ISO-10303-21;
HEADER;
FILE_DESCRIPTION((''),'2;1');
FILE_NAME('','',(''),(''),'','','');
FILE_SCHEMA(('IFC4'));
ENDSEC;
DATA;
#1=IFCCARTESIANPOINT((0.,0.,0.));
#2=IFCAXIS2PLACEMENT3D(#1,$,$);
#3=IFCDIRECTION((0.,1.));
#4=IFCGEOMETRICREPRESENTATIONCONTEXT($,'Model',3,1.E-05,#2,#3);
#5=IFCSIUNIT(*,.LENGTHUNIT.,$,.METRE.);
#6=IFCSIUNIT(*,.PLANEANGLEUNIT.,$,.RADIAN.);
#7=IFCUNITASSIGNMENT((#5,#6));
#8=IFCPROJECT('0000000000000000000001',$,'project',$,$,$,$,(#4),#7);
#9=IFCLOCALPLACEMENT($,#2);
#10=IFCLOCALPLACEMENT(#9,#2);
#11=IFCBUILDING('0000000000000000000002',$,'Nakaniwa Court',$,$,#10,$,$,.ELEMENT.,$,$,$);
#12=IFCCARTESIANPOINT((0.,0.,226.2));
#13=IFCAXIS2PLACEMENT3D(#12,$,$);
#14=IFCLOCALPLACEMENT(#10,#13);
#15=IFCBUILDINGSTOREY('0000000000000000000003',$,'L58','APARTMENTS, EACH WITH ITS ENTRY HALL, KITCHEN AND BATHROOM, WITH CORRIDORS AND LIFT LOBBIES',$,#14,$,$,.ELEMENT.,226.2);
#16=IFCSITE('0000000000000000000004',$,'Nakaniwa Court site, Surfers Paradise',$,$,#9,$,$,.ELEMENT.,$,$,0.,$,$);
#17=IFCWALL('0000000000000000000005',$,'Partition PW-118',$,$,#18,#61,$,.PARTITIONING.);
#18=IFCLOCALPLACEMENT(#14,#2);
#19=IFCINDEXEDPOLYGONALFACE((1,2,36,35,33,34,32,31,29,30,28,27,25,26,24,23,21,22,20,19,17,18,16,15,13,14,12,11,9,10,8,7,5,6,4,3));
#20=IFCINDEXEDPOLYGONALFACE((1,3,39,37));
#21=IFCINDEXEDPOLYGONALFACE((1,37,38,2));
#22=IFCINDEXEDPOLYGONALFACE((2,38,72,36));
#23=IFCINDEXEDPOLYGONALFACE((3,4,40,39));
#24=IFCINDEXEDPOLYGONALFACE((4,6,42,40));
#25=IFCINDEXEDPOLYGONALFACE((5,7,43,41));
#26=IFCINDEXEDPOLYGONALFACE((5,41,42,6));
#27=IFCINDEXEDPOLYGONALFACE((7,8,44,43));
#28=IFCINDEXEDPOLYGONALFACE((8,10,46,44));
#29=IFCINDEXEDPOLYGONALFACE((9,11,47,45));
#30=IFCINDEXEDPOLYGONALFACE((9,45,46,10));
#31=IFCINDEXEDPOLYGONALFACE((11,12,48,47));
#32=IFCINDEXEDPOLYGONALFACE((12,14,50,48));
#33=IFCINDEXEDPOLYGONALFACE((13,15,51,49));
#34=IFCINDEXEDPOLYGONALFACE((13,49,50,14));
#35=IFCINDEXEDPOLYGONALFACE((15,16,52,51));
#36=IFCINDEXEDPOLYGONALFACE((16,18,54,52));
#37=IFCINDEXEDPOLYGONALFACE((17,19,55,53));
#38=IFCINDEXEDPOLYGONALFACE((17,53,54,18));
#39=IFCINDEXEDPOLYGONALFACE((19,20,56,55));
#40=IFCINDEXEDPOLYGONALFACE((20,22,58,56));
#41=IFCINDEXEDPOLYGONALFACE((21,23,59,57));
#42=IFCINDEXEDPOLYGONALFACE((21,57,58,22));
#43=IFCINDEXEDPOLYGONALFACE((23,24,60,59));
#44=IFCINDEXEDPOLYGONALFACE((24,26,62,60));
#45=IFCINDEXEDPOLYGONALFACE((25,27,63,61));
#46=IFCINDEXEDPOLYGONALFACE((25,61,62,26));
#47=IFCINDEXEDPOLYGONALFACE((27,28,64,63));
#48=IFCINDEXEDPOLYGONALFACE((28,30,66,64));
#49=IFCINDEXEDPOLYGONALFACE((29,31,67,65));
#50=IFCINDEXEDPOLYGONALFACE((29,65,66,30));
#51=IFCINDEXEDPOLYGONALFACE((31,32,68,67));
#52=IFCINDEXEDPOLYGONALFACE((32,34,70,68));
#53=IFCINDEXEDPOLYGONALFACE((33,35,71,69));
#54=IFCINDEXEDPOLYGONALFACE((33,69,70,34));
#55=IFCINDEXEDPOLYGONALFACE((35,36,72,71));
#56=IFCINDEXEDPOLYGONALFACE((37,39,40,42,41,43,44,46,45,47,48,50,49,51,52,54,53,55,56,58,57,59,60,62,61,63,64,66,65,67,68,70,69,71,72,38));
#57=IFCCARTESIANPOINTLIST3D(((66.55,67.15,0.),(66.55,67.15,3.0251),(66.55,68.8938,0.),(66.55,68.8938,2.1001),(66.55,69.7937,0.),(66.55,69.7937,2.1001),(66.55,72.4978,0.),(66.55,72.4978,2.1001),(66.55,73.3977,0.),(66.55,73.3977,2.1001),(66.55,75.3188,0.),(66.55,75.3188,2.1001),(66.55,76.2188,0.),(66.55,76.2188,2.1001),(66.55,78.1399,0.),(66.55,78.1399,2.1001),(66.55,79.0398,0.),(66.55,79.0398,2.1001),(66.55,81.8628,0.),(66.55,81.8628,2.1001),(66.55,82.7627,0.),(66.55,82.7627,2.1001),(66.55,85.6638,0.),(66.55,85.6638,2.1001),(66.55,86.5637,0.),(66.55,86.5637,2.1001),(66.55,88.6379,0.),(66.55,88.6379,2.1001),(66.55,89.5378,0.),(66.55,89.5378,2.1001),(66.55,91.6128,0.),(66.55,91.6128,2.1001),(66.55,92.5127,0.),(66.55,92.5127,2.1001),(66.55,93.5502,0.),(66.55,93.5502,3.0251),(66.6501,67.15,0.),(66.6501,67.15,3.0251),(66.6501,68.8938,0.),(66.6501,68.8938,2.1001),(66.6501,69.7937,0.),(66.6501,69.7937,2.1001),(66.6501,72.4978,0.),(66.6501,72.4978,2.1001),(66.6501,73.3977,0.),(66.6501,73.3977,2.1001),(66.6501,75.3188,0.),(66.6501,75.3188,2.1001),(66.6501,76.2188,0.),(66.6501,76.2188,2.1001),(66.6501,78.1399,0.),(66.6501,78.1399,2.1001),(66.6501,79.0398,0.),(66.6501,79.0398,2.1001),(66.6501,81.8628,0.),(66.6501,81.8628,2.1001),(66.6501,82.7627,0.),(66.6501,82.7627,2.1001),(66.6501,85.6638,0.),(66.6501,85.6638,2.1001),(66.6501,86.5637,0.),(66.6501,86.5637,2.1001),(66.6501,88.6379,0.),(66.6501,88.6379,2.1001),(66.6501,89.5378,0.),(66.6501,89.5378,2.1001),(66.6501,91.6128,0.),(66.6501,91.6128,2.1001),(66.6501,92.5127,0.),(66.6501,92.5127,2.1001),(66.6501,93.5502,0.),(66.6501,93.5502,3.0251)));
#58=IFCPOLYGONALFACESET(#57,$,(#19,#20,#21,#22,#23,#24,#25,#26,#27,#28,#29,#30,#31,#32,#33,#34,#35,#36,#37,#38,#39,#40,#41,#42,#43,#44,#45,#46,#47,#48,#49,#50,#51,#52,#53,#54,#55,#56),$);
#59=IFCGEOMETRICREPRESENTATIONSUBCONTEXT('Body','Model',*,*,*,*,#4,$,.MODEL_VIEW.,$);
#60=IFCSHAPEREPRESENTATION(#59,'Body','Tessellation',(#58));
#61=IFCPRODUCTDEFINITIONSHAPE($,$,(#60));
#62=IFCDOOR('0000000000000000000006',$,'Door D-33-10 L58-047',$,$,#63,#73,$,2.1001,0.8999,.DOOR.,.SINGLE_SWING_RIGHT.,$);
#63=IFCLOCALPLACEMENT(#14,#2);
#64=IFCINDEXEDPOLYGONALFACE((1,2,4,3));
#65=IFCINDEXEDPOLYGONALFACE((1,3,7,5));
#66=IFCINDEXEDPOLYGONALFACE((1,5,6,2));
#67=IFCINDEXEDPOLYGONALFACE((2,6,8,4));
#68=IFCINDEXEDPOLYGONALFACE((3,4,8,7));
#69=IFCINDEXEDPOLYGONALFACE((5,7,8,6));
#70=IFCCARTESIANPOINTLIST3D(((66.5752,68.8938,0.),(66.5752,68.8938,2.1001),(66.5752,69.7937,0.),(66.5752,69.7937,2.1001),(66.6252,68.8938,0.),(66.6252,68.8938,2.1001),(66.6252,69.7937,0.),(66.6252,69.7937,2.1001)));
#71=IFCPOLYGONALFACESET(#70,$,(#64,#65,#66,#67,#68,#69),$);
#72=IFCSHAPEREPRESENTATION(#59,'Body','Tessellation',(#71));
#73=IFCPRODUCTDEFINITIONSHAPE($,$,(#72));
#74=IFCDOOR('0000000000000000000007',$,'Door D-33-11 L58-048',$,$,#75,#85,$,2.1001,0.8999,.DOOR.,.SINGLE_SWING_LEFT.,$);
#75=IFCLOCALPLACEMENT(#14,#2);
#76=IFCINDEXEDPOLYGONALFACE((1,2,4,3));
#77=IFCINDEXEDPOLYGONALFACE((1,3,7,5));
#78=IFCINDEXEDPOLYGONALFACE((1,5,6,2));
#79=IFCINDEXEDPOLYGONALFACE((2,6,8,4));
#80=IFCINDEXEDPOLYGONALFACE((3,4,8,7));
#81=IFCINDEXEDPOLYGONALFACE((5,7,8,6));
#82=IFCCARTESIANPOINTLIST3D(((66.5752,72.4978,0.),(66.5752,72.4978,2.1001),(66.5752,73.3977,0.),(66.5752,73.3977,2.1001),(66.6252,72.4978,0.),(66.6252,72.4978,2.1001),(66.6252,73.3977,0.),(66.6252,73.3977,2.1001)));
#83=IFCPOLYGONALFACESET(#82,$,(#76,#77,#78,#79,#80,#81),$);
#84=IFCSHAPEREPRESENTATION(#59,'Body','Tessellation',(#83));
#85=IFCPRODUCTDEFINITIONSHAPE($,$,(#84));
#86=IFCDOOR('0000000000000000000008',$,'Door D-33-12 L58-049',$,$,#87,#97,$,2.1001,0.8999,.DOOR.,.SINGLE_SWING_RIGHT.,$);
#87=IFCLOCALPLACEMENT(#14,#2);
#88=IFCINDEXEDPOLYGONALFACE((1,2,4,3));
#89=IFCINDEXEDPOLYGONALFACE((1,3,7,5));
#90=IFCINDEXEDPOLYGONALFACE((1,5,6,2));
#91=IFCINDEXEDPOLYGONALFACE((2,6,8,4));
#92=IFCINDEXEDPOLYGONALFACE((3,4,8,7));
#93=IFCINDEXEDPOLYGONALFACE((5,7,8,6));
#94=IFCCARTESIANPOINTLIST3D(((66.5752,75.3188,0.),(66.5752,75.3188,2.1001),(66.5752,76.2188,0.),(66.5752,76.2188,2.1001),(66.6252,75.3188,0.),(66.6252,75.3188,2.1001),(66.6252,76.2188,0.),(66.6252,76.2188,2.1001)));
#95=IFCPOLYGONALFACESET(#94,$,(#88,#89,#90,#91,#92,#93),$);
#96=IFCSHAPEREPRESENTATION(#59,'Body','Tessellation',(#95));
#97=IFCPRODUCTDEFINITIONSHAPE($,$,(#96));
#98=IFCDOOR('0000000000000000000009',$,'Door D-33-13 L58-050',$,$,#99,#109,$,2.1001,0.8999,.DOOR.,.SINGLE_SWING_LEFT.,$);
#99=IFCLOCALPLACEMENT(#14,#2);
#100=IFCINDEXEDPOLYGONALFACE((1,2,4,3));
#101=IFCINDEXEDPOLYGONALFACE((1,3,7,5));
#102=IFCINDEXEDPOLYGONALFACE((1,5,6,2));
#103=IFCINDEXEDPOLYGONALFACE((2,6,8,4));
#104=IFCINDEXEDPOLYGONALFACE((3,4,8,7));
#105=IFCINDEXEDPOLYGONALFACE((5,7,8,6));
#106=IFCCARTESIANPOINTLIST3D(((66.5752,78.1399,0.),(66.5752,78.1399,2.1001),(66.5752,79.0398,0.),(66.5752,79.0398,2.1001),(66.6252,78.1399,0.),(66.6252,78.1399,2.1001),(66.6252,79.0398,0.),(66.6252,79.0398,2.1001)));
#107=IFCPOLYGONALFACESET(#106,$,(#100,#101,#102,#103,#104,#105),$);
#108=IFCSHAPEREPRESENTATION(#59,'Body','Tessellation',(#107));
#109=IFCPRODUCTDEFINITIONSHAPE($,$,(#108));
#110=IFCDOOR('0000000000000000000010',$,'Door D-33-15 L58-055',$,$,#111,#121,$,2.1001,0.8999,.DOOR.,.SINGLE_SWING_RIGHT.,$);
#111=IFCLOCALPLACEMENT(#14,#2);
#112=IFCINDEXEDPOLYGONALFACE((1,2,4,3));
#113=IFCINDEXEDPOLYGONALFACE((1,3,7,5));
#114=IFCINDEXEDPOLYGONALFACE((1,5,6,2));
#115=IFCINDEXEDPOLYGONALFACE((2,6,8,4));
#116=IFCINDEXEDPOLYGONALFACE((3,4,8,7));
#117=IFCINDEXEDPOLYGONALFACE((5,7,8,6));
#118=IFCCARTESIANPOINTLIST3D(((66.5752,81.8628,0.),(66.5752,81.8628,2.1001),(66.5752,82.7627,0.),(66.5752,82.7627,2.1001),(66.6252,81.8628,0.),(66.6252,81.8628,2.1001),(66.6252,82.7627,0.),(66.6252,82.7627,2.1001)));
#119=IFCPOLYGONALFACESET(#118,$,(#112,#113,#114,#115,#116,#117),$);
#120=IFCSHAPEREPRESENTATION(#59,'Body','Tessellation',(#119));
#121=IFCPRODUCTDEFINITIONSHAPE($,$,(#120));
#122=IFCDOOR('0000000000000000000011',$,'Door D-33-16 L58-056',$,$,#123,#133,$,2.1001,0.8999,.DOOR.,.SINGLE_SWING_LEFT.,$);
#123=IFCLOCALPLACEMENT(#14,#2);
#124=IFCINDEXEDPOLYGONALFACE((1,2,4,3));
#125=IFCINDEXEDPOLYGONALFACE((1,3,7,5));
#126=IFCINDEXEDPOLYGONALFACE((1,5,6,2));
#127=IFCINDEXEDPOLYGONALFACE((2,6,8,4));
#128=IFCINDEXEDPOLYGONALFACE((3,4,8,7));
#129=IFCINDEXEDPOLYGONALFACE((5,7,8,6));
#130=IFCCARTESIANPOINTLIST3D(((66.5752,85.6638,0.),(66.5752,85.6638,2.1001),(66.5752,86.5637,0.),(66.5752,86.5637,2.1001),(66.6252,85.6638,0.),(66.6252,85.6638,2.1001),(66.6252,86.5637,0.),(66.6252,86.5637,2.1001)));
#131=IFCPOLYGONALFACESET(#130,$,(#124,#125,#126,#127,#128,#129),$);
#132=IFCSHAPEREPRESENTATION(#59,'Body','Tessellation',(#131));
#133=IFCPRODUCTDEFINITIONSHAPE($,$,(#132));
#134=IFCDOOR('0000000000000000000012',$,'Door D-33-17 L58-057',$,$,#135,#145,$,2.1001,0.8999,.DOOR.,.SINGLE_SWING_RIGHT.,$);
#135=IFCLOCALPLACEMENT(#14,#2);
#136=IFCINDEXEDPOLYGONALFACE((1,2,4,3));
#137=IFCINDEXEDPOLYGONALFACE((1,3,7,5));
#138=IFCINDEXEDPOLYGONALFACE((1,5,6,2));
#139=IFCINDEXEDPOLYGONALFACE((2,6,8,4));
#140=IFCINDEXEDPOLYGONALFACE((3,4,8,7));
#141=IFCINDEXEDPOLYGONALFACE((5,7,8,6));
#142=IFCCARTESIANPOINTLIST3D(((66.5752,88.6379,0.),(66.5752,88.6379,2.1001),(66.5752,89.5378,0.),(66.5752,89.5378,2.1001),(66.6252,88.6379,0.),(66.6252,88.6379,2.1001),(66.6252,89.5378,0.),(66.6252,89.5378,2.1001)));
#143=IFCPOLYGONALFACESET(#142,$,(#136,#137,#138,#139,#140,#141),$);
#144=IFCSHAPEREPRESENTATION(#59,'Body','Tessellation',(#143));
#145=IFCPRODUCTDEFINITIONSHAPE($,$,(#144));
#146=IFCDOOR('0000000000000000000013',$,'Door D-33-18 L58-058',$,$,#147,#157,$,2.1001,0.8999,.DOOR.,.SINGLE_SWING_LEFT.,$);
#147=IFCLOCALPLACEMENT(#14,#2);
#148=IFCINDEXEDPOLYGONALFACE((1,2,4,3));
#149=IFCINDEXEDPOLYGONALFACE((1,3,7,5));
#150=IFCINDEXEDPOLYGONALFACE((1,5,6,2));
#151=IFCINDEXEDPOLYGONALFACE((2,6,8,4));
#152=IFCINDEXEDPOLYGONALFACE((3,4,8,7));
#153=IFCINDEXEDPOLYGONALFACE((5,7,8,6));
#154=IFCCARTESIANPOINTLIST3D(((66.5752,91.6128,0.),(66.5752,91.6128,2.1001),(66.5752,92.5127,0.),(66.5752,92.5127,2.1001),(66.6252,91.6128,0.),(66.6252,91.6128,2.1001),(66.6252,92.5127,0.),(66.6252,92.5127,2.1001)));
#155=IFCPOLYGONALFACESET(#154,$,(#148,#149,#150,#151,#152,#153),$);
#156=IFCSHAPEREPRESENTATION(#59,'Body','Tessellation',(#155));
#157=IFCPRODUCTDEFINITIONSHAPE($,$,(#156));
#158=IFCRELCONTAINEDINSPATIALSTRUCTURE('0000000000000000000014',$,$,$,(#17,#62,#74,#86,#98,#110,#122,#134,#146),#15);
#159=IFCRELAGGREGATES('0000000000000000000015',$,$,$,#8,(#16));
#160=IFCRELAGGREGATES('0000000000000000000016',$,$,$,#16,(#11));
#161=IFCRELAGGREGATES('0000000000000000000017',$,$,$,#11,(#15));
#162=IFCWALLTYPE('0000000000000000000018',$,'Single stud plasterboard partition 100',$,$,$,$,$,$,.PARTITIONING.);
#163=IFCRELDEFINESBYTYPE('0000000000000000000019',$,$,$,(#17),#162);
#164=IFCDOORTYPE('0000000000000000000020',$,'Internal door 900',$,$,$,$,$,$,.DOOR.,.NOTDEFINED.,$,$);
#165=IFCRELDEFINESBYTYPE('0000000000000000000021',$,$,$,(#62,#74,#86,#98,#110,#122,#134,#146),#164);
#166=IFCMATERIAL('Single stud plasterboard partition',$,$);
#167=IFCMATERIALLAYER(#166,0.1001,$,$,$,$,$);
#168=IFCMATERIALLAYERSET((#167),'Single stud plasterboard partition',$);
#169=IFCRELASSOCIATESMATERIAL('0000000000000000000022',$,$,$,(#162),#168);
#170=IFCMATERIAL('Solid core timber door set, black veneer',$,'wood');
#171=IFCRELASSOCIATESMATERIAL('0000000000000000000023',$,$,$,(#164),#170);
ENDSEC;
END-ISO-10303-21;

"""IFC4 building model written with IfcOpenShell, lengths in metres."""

from ifc_helpers import new_model, si_unit, direction, frame, frame_2d, origin, place, context, subcontext, project, spatial, rectangle, extrude, material, layer, layer_set, type_object, element, fill, save


model = new_model("IFC4")

# Units and contexts
model_context = context("Model", 3, precision=1e-05, world=origin(), true_north=direction((0.0, 1.0)))
body_context = subcontext(model_context, "Body", "Model", "MODEL_VIEW")
ifc_project = project(units=[si_unit("LENGTHUNIT", "METRE"), si_unit("PLANEANGLEUNIT", "RADIAN")], contexts=[model_context])

# Site, building, storey
site_placement = place(None, origin())
site = spatial("IfcSite", under=ifc_project, at=site_placement, Name="Nakaniwa Court site, Surfers Paradise", CompositionType="ELEMENT", RefElevation=0.0)
building_placement = place(site_placement, origin())
building = spatial("IfcBuilding", under=site, at=building_placement, Name="Nakaniwa Court", CompositionType="ELEMENT")
storey_placement = place(building_placement, frame((0.0, 0.0, 226.2)))
storey = spatial("IfcBuildingStorey", under=building, at=storey_placement, Name="L58", Description="APARTMENTS, EACH WITH ITS ENTRY HALL, KITCHEN AND BATHROOM, WITH CORRIDORS AND LIFT LOBBIES", CompositionType="ELEMENT", Elevation=226.2)

# Shared definitions
ifc_material_1 = material(Name="Single stud plasterboard partition")
ifc_layer = layer(ifc_material_1, 0.1001)
ifc_layer_set = layer_set([ifc_layer], Name="Single stud plasterboard partition")
wall_type = type_object("IfcWallType", Name="Single stud plasterboard partition 100", PredefinedType="PARTITIONING", material=ifc_layer_set)

# Wall, openings, doors
wall_1_placement = place(storey_placement, frame((66.6001, 67.1499, 0.0), z_axis=(0.0, 0.0, 1.0), x_axis=(0.0, 1.0, 0.0)))
wall_1 = element("IfcWall", 1, at=wall_1_placement, inside=storey, type_object=wall_type, Name="Partition PW-118", PredefinedType="PARTITIONING", context=body_context, shape_type="SweptSolid", body=[
    extrude(rectangle(XDim=26.4001, YDim=0.1001, at=frame_2d((13.2002, 0.0))), origin(), (0.0, 0.0, 1.0), 3.0251),
])
opening_1_placement = place(wall_1_placement, frame((1.7439, 0.0, 0.0)))
opening_1 = element("IfcOpeningElement", 2, at=opening_1_placement, cuts=wall_1, PredefinedType="OPENING", context=body_context, shape_type="SweptSolid", body=[
    extrude(rectangle(XDim=0.8999, YDim=2.1001, at=frame_2d((0.45, 1.05))), frame((0.0, 0.0601, 0.0), z_axis=(0.0, -1.0, 0.0), x_axis=(1.0, 0.0, 0.0)), (0.0, 0.0, 1.0), 0.1201),
])
opening_2_placement = place(wall_1_placement, frame((5.3479, 0.0, 0.0)))
opening_2 = element("IfcOpeningElement", 3, at=opening_2_placement, cuts=wall_1, PredefinedType="OPENING", context=body_context, shape_type="SweptSolid", body=[
    extrude(rectangle(XDim=0.8999, YDim=2.1001, at=frame_2d((0.45, 1.05))), frame((0.0, 0.0601, 0.0), z_axis=(0.0, -1.0, 0.0), x_axis=(1.0, 0.0, 0.0)), (0.0, 0.0, 1.0), 0.1201),
])
opening_3_placement = place(wall_1_placement, frame((8.1689, 0.0, 0.0)))
opening_3 = element("IfcOpeningElement", 4, at=opening_3_placement, cuts=wall_1, PredefinedType="OPENING", context=body_context, shape_type="SweptSolid", body=[
    extrude(rectangle(XDim=0.8999, YDim=2.1001, at=frame_2d((0.45, 1.05))), frame((0.0, 0.0601, 0.0), z_axis=(0.0, -1.0, 0.0), x_axis=(1.0, 0.0, 0.0)), (0.0, 0.0, 1.0), 0.1201),
])
opening_4_placement = place(wall_1_placement, frame((10.99, 0.0, 0.0)))
opening_4 = element("IfcOpeningElement", 5, at=opening_4_placement, cuts=wall_1, PredefinedType="OPENING", context=body_context, shape_type="SweptSolid", body=[
    extrude(rectangle(XDim=0.8999, YDim=2.1001, at=frame_2d((0.45, 1.05))), frame((0.0, 0.0601, 0.0), z_axis=(0.0, -1.0, 0.0), x_axis=(1.0, 0.0, 0.0)), (0.0, 0.0, 1.0), 0.1201),
])
opening_5_placement = place(wall_1_placement, frame((14.7129, 0.0, 0.0)))
opening_5 = element("IfcOpeningElement", 6, at=opening_5_placement, cuts=wall_1, PredefinedType="OPENING", context=body_context, shape_type="SweptSolid", body=[
    extrude(rectangle(XDim=0.8999, YDim=2.1001, at=frame_2d((0.45, 1.05))), frame((0.0, 0.0601, 0.0), z_axis=(0.0, -1.0, 0.0), x_axis=(1.0, 0.0, 0.0)), (0.0, 0.0, 1.0), 0.1201),
])
opening_6_placement = place(wall_1_placement, frame((18.5139, 0.0, 0.0)))
opening_6 = element("IfcOpeningElement", 7, at=opening_6_placement, cuts=wall_1, PredefinedType="OPENING", context=body_context, shape_type="SweptSolid", body=[
    extrude(rectangle(XDim=0.8999, YDim=2.1001, at=frame_2d((0.45, 1.05))), frame((0.0, 0.0601, 0.0), z_axis=(0.0, -1.0, 0.0), x_axis=(1.0, 0.0, 0.0)), (0.0, 0.0, 1.0), 0.1201),
])
opening_7_placement = place(wall_1_placement, frame((21.488, 0.0, 0.0)))
opening_7 = element("IfcOpeningElement", 8, at=opening_7_placement, cuts=wall_1, PredefinedType="OPENING", context=body_context, shape_type="SweptSolid", body=[
    extrude(rectangle(XDim=0.8999, YDim=2.1001, at=frame_2d((0.45, 1.05))), frame((0.0, 0.0601, 0.0), z_axis=(0.0, -1.0, 0.0), x_axis=(1.0, 0.0, 0.0)), (0.0, 0.0, 1.0), 0.1201),
])
opening_8_placement = place(wall_1_placement, frame((24.4629, 0.0, 0.0)))
opening_8 = element("IfcOpeningElement", 9, at=opening_8_placement, cuts=wall_1, PredefinedType="OPENING", context=body_context, shape_type="SweptSolid", body=[
    extrude(rectangle(XDim=0.8999, YDim=2.1001, at=frame_2d((0.45, 1.05))), frame((0.0, 0.0601, 0.0), z_axis=(0.0, -1.0, 0.0), x_axis=(1.0, 0.0, 0.0)), (0.0, 0.0, 1.0), 0.1201),
])
ifc_material_2 = material(Name="Solid core timber door set, black veneer", Category="wood")
door_type = type_object("IfcDoorType", Name="Internal door 900", OperationType="NOTDEFINED", PredefinedType="DOOR", material=ifc_material_2)
door_1_placement = place(opening_1_placement, origin())
door_1 = element("IfcDoor", 10, at=door_1_placement, inside=storey, type_object=door_type, Name="Door D-33-10 L58-047", OperationType="SINGLE_SWING_RIGHT", OverallHeight=2.1001, OverallWidth=0.8999, PredefinedType="DOOR", context=body_context, shape_type="SweptSolid", body=[
    extrude(rectangle(XDim=0.8999, YDim=2.1001, at=frame_2d((0.45, 1.05))), frame((0.0, 0.0249, 0.0), z_axis=(0.0, -1.0, 0.0), x_axis=(1.0, 0.0, 0.0)), (0.0, 0.0, 1.0), 0.05),
])
fill(opening_1, door_1)
door_2_placement = place(opening_2_placement, origin())
door_2 = element("IfcDoor", 11, at=door_2_placement, inside=storey, type_object=door_type, Name="Door D-33-11 L58-048", OperationType="SINGLE_SWING_LEFT", OverallHeight=2.1001, OverallWidth=0.8999, PredefinedType="DOOR", context=body_context, shape_type="SweptSolid", body=[
    extrude(rectangle(XDim=0.8999, YDim=2.1001, at=frame_2d((0.45, 1.05))), frame((0.0, 0.0249, 0.0), z_axis=(0.0, -1.0, 0.0), x_axis=(1.0, 0.0, 0.0)), (0.0, 0.0, 1.0), 0.05),
])
fill(opening_2, door_2)
door_3_placement = place(opening_3_placement, origin())
door_3 = element("IfcDoor", 12, at=door_3_placement, inside=storey, type_object=door_type, Name="Door D-33-12 L58-049", OperationType="SINGLE_SWING_RIGHT", OverallHeight=2.1001, OverallWidth=0.8999, PredefinedType="DOOR", context=body_context, shape_type="SweptSolid", body=[
    extrude(rectangle(XDim=0.8999, YDim=2.1001, at=frame_2d((0.45, 1.05))), frame((0.0, 0.0249, 0.0), z_axis=(0.0, -1.0, 0.0), x_axis=(1.0, 0.0, 0.0)), (0.0, 0.0, 1.0), 0.05),
])
fill(opening_3, door_3)
door_4_placement = place(opening_4_placement, origin())
door_4 = element("IfcDoor", 13, at=door_4_placement, inside=storey, type_object=door_type, Name="Door D-33-13 L58-050", OperationType="SINGLE_SWING_LEFT", OverallHeight=2.1001, OverallWidth=0.8999, PredefinedType="DOOR", context=body_context, shape_type="SweptSolid", body=[
    extrude(rectangle(XDim=0.8999, YDim=2.1001, at=frame_2d((0.45, 1.05))), frame((0.0, 0.0249, 0.0), z_axis=(0.0, -1.0, 0.0), x_axis=(1.0, 0.0, 0.0)), (0.0, 0.0, 1.0), 0.05),
])
fill(opening_4, door_4)
door_5_placement = place(opening_5_placement, origin())
door_5 = element("IfcDoor", 14, at=door_5_placement, inside=storey, type_object=door_type, Name="Door D-33-15 L58-055", OperationType="SINGLE_SWING_RIGHT", OverallHeight=2.1001, OverallWidth=0.8999, PredefinedType="DOOR", context=body_context, shape_type="SweptSolid", body=[
    extrude(rectangle(XDim=0.8999, YDim=2.1001, at=frame_2d((0.45, 1.05))), frame((0.0, 0.0249, 0.0), z_axis=(0.0, -1.0, 0.0), x_axis=(1.0, 0.0, 0.0)), (0.0, 0.0, 1.0), 0.05),
])
fill(opening_5, door_5)
door_6_placement = place(opening_6_placement, origin())
door_6 = element("IfcDoor", 15, at=door_6_placement, inside=storey, type_object=door_type, Name="Door D-33-16 L58-056", OperationType="SINGLE_SWING_LEFT", OverallHeight=2.1001, OverallWidth=0.8999, PredefinedType="DOOR", context=body_context, shape_type="SweptSolid", body=[
    extrude(rectangle(XDim=0.8999, YDim=2.1001, at=frame_2d((0.45, 1.05))), frame((0.0, 0.0249, 0.0), z_axis=(0.0, -1.0, 0.0), x_axis=(1.0, 0.0, 0.0)), (0.0, 0.0, 1.0), 0.05),
])
fill(opening_6, door_6)
door_7_placement = place(opening_7_placement, origin())
door_7 = element("IfcDoor", 16, at=door_7_placement, inside=storey, type_object=door_type, Name="Door D-33-17 L58-057", OperationType="SINGLE_SWING_RIGHT", OverallHeight=2.1001, OverallWidth=0.8999, PredefinedType="DOOR", context=body_context, shape_type="SweptSolid", body=[
    extrude(rectangle(XDim=0.8999, YDim=2.1001, at=frame_2d((0.45, 1.05))), frame((0.0, 0.0249, 0.0), z_axis=(0.0, -1.0, 0.0), x_axis=(1.0, 0.0, 0.0)), (0.0, 0.0, 1.0), 0.05),
])
fill(opening_7, door_7)
door_8_placement = place(opening_8_placement, origin())
door_8 = element("IfcDoor", 17, at=door_8_placement, inside=storey, type_object=door_type, Name="Door D-33-18 L58-058", OperationType="SINGLE_SWING_LEFT", OverallHeight=2.1001, OverallWidth=0.8999, PredefinedType="DOOR", context=body_context, shape_type="SweptSolid", body=[
    extrude(rectangle(XDim=0.8999, YDim=2.1001, at=frame_2d((0.45, 1.05))), frame((0.0, 0.0249, 0.0), z_axis=(0.0, -1.0, 0.0), x_axis=(1.0, 0.0, 0.0)), (0.0, 0.0, 1.0), 0.05),
])
fill(opening_8, door_8)

save(model, "model.ifc")
